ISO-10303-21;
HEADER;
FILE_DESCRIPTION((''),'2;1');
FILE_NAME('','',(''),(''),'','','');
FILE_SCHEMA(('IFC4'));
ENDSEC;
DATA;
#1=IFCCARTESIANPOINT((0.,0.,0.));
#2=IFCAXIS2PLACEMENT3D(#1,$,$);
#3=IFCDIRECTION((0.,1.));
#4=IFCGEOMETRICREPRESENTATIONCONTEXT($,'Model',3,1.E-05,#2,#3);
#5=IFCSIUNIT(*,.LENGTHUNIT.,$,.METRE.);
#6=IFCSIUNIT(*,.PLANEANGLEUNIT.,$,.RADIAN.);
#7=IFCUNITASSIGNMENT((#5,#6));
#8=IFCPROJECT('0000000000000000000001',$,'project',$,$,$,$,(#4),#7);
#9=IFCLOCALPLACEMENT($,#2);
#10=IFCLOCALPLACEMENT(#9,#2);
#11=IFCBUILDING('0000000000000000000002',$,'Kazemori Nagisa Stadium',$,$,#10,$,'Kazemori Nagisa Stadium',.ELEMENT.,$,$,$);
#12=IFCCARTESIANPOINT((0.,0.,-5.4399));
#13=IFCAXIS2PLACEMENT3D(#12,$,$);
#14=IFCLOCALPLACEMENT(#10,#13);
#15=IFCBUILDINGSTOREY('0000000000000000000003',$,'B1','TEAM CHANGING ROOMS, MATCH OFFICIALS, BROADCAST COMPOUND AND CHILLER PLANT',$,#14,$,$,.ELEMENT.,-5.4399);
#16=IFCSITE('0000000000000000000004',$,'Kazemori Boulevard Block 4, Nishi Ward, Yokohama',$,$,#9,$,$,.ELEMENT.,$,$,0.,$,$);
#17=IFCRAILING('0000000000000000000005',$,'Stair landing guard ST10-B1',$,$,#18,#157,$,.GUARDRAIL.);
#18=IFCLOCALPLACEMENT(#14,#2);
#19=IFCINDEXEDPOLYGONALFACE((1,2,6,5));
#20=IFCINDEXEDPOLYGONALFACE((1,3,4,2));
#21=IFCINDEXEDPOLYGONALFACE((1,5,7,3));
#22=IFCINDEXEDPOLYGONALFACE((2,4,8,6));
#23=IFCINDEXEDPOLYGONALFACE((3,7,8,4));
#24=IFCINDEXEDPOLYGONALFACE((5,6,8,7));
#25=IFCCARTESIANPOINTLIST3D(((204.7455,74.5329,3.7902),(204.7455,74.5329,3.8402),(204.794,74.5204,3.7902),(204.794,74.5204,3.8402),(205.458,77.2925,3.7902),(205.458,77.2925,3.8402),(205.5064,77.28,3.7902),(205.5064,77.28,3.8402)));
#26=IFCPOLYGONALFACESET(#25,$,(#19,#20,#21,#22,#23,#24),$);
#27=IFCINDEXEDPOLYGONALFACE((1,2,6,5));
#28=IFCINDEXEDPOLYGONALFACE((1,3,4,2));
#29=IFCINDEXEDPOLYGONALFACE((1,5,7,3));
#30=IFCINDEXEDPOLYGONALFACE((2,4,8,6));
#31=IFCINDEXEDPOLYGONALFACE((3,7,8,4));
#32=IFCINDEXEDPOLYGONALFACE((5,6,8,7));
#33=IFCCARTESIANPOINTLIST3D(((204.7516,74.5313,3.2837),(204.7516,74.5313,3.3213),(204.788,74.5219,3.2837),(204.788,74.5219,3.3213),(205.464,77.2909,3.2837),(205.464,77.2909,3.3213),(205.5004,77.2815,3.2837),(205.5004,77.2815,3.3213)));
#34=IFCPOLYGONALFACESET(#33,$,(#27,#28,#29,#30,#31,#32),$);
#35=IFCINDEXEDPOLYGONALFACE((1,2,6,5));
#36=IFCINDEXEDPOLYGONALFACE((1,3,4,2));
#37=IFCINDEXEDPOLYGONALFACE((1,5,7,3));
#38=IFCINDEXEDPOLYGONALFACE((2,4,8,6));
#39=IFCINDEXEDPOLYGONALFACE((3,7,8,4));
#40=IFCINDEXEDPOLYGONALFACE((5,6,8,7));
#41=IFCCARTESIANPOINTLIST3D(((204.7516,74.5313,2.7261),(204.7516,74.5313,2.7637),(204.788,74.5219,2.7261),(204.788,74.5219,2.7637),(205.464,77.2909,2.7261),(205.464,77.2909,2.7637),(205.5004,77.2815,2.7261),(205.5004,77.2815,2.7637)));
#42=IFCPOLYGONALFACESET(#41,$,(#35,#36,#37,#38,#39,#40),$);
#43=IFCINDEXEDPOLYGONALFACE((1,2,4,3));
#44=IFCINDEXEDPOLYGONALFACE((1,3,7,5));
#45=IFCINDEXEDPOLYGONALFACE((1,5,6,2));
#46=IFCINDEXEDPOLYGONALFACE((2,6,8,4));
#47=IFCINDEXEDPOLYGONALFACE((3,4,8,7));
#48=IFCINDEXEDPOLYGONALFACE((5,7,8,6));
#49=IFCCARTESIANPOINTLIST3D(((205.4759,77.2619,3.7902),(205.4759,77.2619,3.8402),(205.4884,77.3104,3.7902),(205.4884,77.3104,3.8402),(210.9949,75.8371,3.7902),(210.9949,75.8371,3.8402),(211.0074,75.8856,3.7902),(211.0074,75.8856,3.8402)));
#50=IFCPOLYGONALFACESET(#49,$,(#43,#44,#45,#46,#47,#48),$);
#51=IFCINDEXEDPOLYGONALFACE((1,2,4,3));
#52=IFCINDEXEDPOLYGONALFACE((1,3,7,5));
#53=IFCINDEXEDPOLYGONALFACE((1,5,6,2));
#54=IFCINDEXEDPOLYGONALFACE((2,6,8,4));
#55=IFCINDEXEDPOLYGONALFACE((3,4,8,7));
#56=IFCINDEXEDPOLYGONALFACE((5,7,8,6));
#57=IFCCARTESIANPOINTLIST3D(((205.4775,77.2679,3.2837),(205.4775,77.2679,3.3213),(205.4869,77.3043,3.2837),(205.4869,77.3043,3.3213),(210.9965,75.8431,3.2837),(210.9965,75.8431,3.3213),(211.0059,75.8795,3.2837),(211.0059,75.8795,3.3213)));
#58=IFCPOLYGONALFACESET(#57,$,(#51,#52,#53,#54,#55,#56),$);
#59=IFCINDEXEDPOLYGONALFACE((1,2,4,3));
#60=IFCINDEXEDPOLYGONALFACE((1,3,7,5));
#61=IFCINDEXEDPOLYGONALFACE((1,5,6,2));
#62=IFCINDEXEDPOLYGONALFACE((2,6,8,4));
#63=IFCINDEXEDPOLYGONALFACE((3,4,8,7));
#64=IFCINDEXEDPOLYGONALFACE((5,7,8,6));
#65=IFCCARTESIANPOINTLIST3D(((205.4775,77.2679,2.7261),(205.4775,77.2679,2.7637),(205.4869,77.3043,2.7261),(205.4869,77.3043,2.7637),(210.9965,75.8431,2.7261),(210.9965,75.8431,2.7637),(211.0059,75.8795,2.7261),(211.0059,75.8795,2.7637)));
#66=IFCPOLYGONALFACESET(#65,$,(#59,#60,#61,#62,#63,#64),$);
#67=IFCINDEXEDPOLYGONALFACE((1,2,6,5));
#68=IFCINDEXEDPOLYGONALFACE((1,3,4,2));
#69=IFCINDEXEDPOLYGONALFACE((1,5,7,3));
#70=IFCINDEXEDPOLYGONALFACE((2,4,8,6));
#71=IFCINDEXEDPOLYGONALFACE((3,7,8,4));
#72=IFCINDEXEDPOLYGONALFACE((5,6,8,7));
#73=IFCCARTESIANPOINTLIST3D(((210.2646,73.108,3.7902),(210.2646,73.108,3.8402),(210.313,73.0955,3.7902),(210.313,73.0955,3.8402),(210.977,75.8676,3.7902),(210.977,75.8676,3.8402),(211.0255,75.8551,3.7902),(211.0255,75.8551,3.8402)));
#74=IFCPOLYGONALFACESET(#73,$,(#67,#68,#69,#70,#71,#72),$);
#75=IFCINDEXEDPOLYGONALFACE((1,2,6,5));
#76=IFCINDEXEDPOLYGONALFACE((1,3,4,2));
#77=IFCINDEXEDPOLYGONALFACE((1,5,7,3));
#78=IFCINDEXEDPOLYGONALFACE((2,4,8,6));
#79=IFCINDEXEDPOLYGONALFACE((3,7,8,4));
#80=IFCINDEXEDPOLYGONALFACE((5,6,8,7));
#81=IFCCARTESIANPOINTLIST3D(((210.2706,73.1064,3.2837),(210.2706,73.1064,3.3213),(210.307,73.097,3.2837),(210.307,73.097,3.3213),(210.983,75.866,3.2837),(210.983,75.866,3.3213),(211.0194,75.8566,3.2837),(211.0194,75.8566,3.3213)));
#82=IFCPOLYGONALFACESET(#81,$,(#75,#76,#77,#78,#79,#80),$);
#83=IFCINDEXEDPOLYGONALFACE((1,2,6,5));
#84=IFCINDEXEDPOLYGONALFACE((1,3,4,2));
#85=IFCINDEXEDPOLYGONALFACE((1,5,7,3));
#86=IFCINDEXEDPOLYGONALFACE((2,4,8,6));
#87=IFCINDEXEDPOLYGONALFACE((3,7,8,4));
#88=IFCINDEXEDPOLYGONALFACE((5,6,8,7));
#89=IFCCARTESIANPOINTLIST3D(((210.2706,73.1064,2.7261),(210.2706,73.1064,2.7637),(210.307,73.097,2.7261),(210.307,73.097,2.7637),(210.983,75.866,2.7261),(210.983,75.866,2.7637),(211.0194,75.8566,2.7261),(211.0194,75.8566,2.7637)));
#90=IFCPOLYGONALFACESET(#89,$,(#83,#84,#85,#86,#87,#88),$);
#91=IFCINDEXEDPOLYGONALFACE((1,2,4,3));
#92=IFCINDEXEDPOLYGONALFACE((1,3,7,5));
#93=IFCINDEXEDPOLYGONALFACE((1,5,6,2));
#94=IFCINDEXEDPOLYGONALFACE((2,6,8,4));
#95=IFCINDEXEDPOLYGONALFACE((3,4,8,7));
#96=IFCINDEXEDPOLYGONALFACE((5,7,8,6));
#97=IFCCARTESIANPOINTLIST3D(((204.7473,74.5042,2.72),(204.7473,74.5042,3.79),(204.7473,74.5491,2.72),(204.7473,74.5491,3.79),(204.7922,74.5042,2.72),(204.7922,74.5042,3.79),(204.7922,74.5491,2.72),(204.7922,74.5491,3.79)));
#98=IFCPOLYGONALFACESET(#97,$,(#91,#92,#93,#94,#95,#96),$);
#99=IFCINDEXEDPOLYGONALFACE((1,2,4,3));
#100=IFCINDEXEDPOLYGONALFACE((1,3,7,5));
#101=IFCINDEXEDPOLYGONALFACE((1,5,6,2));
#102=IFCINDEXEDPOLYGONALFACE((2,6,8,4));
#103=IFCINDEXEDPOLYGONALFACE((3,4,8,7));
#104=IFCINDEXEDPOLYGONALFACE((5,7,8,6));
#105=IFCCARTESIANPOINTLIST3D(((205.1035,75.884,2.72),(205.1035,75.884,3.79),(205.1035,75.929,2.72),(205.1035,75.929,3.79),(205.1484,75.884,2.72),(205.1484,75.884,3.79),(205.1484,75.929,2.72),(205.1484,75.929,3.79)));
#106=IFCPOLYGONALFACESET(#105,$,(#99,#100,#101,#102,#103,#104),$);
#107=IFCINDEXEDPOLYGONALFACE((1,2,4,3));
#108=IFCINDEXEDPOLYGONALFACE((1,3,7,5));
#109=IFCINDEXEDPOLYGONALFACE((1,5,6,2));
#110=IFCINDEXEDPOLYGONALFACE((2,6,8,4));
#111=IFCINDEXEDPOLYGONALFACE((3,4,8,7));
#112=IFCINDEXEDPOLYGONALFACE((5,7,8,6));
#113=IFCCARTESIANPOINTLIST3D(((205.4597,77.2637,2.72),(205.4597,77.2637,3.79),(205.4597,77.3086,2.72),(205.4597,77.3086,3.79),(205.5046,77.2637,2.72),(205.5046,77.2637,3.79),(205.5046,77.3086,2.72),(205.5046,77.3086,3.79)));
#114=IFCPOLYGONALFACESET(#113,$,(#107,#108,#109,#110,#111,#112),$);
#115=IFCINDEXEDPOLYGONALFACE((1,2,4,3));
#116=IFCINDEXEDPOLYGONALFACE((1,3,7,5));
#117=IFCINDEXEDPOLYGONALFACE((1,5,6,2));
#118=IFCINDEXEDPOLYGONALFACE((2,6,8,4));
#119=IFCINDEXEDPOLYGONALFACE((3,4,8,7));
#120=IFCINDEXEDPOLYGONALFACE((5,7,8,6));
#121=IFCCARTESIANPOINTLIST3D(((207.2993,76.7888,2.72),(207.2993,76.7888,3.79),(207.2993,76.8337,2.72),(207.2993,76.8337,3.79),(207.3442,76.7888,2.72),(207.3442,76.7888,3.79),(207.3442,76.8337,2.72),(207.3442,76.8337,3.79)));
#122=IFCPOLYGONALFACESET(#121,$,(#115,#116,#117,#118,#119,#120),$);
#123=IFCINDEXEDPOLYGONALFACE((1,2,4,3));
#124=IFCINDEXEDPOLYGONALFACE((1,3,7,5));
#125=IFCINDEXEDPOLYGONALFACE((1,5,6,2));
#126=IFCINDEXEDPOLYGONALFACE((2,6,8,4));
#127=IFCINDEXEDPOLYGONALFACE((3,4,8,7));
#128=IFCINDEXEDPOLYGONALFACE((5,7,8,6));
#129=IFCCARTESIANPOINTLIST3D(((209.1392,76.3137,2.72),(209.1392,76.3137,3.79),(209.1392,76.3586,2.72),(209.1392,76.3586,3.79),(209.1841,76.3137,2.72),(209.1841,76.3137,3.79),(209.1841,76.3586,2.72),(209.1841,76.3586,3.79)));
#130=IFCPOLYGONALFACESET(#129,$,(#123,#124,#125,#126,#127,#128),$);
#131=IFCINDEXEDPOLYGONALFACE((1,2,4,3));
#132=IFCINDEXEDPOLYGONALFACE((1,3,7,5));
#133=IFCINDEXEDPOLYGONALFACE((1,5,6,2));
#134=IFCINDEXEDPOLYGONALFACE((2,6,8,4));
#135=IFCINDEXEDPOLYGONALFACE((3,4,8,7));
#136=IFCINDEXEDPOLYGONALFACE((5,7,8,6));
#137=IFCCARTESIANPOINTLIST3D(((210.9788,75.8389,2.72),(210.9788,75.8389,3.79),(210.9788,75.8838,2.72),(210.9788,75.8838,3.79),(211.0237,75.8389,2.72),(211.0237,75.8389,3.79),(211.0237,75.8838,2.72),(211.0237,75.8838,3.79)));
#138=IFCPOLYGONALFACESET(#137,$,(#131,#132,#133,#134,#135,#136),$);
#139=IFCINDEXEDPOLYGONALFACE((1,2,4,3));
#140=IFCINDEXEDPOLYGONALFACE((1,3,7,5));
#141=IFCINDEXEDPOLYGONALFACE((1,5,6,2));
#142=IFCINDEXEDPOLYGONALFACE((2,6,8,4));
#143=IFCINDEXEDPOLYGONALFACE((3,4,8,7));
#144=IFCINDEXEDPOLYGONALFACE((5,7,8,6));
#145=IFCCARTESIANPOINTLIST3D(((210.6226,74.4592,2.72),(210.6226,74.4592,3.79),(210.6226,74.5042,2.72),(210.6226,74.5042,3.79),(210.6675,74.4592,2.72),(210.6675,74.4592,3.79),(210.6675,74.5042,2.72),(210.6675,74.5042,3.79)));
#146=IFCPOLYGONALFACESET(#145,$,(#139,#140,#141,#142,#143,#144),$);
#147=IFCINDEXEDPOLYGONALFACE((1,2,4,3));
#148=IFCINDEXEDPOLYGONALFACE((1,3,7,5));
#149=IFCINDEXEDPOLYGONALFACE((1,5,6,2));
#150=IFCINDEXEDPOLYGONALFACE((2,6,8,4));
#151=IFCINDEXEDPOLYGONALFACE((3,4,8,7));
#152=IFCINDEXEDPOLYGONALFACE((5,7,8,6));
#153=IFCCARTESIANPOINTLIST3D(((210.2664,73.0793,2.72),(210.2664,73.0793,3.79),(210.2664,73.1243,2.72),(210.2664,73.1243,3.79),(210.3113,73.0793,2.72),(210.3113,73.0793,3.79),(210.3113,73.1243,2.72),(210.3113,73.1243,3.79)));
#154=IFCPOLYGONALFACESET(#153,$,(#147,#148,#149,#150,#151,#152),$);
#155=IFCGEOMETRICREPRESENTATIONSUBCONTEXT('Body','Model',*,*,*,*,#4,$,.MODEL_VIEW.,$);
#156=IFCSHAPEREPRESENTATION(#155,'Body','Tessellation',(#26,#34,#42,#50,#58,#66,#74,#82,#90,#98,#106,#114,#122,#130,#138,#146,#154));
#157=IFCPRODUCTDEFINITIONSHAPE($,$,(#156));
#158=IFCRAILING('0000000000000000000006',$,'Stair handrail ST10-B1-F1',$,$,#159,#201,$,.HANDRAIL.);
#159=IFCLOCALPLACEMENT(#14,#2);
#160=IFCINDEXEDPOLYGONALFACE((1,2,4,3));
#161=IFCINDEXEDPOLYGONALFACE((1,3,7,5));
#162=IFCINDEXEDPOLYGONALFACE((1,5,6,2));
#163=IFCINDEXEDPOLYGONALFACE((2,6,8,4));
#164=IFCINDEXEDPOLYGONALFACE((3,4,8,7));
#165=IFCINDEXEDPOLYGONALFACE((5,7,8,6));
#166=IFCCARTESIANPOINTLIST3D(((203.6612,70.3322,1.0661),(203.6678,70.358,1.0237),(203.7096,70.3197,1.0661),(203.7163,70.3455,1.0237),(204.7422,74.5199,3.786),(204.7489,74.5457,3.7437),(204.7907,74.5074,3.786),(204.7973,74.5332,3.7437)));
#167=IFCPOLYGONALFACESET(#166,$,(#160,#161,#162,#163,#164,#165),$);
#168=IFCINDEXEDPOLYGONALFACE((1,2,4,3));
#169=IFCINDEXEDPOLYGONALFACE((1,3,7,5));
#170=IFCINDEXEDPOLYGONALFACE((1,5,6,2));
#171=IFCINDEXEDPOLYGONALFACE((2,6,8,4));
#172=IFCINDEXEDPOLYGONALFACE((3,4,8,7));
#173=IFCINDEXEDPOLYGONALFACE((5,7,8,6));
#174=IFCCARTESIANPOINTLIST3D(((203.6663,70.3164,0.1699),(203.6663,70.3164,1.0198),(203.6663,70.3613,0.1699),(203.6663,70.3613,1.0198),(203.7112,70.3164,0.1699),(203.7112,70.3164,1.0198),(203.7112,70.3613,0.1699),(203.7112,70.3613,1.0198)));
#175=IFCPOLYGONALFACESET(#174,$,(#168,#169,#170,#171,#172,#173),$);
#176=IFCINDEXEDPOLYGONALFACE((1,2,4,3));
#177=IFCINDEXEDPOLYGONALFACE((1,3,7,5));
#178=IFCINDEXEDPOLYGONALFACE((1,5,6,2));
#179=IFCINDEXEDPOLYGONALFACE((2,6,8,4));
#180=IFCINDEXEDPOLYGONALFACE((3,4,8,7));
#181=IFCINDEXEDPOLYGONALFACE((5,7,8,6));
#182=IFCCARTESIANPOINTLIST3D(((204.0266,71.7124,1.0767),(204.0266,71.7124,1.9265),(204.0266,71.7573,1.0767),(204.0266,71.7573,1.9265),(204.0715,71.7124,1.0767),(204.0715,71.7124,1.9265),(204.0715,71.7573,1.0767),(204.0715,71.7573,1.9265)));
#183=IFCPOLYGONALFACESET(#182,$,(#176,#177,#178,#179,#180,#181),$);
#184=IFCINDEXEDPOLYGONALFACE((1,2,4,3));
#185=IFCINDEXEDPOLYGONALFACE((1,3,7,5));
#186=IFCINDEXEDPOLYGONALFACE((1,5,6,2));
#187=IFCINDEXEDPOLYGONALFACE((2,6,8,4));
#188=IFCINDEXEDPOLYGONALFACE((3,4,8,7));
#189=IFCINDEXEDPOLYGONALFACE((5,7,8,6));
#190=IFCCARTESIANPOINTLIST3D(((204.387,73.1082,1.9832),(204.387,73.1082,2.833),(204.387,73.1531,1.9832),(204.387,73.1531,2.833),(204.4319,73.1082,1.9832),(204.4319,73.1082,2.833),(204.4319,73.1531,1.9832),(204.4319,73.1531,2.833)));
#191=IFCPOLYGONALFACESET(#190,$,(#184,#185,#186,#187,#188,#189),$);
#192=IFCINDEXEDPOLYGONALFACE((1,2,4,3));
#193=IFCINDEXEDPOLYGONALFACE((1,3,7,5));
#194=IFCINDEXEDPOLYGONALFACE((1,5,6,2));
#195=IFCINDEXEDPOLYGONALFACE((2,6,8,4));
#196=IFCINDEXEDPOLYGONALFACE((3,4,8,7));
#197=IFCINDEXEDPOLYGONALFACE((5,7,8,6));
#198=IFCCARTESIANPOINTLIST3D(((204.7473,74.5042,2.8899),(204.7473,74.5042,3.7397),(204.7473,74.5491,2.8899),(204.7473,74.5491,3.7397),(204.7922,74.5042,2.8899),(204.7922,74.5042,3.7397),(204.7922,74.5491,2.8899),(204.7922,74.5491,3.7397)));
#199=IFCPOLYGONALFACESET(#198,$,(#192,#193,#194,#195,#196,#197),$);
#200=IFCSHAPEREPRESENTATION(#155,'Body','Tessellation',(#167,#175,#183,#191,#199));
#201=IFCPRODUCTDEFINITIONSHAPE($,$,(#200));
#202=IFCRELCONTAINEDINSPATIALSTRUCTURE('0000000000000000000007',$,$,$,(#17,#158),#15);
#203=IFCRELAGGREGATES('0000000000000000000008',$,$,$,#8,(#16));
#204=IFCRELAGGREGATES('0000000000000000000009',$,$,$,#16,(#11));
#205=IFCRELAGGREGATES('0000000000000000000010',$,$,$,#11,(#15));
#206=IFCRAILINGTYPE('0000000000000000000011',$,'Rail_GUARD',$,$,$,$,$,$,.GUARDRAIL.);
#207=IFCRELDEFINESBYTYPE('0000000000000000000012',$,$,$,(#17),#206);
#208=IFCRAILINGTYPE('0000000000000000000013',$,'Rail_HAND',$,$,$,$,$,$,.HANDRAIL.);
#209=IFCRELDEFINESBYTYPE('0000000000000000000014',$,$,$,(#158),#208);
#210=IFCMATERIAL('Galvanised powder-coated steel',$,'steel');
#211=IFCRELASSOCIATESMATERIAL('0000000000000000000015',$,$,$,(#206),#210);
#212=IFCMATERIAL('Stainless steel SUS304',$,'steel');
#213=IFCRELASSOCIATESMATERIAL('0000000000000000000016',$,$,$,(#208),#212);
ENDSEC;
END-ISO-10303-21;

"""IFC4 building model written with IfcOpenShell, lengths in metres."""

from ifc_helpers import new_model, si_unit, direction, frame, origin, origin_2d, place, context, subcontext, project, spatial, rectangle, extrude, material, type_object, element, save


model = new_model("IFC4")

# Units and contexts
model_context = context("Model", 3, precision=1e-05, world=origin(), true_north=direction((0.0, 1.0)))
body_context = subcontext(model_context, "Body", "Model", "MODEL_VIEW")
ifc_project = project(units=[si_unit("LENGTHUNIT", "METRE"), si_unit("PLANEANGLEUNIT", "RADIAN")], contexts=[model_context])

# Site, building, storey
site_placement = place(None, origin())
site = spatial("IfcSite", under=ifc_project, at=site_placement, Name="Kazemori Boulevard Block 4, Nishi Ward, Yokohama", CompositionType="ELEMENT", RefElevation=0.0)
building_placement = place(site_placement, origin())
building = spatial("IfcBuilding", under=site, at=building_placement, Name="Kazemori Nagisa Stadium", LongName="Kazemori Nagisa Stadium", CompositionType="ELEMENT")
storey_placement = place(building_placement, frame((0.0, 0.0, -5.4399)))
storey = spatial("IfcBuildingStorey", under=building, at=storey_placement, Name="B1", Description="TEAM CHANGING ROOMS, MATCH OFFICIALS, BROADCAST COMPOUND AND CHILLER PLANT", CompositionType="ELEMENT", Elevation=-5.4399)

# Shared definitions
ifc_material_1 = material(Name="Stainless steel SUS304", Category="steel")

# Railings
ifc_material_2 = material(Name="Galvanised powder-coated steel", Category="steel")
railing_type_1 = type_object("IfcRailingType", Name="Rail_GUARD", PredefinedType="GUARDRAIL", material=ifc_material_2)
railing_1_placement = place(storey_placement, frame((204.7698, 74.5266, 2.72)))
element("IfcRailing", 1, at=railing_1_placement, inside=storey, type_object=railing_type_1, Name="Stair landing guard ST10-B1", PredefinedType="GUARDRAIL", context=body_context, shape_type="SweptSolid", body=[
    extrude(rectangle(XDim=0.05, YDim=0.05, at=origin_2d()), frame((0.0, 0.0, 1.0952), z_axis=(0.249966, 0.968255, 0.0), x_axis=(-0.968255, 0.249966, 0.0)), (0.0, 0.0, 1.0), 2.8501),
    extrude(rectangle(XDim=0.0376, YDim=0.0376, at=origin_2d()), frame((0.0, 0.0, 0.5825), z_axis=(0.249966, 0.968255, 0.0), x_axis=(-0.968255, 0.249966, 0.0)), (0.0, 0.0, 1.0), 2.8501),
    extrude(rectangle(XDim=0.0376, YDim=0.0376, at=origin_2d()), frame((0.0, 0.0, 0.0249), z_axis=(0.249966, 0.968255, 0.0), x_axis=(-0.968255, 0.249966, 0.0)), (0.0, 0.0, 1.0), 2.8501),
    extrude(rectangle(XDim=0.05, YDim=0.05, at=origin_2d()), frame((0.7124, 2.7595, 1.0952), z_axis=(0.968255, -0.249966, 0.0), x_axis=(0.249966, 0.968255, 0.0)), (0.0, 0.0, 1.0), 5.7),
    extrude(rectangle(XDim=0.0376, YDim=0.0376, at=origin_2d()), frame((0.7124, 2.7595, 0.5825), z_axis=(0.968255, -0.249966, 0.0), x_axis=(0.249966, 0.968255, 0.0)), (0.0, 0.0, 1.0), 5.7),
    extrude(rectangle(XDim=0.0376, YDim=0.0376, at=origin_2d()), frame((0.7124, 2.7595, 0.0249), z_axis=(0.968255, -0.249966, 0.0), x_axis=(0.249966, 0.968255, 0.0)), (0.0, 0.0, 1.0), 5.7),
    extrude(rectangle(XDim=0.05, YDim=0.05, at=origin_2d()), frame((6.2314, 1.3347, 1.0952), z_axis=(-0.249966, -0.968255, 0.0), x_axis=(0.968255, -0.249966, 0.0)), (0.0, 0.0, 1.0), 2.8501),
    extrude(rectangle(XDim=0.0376, YDim=0.0376, at=origin_2d()), frame((6.2314, 1.3347, 0.5825), z_axis=(-0.249966, -0.968255, 0.0), x_axis=(0.968255, -0.249966, 0.0)), (0.0, 0.0, 1.0), 2.8501),
    extrude(rectangle(XDim=0.0376, YDim=0.0376, at=origin_2d()), frame((6.2314, 1.3347, 0.0249), z_axis=(-0.249966, -0.968255, 0.0), x_axis=(0.968255, -0.249966, 0.0)), (0.0, 0.0, 1.0), 2.8501),
    extrude(rectangle(XDim=0.0449, YDim=0.0449, at=origin_2d()), origin(), (0.0, 0.0, 1.0), 1.0701),
    extrude(rectangle(XDim=0.0449, YDim=0.0449, at=origin_2d()), frame((0.3562, 1.3799, 0.0)), (0.0, 0.0, 1.0), 1.0701),
    extrude(rectangle(XDim=0.0449, YDim=0.0449, at=origin_2d()), frame((0.7124, 2.7595, 0.0)), (0.0, 0.0, 1.0), 1.0701),
    extrude(rectangle(XDim=0.0449, YDim=0.0449, at=origin_2d()), frame((2.552, 2.2847, 0.0)), (0.0, 0.0, 1.0), 1.0701),
    extrude(rectangle(XDim=0.0449, YDim=0.0449, at=origin_2d()), frame((4.3918, 1.8096, 0.0)), (0.0, 0.0, 1.0), 1.0701),
    extrude(rectangle(XDim=0.0449, YDim=0.0449, at=origin_2d()), frame((6.2314, 1.3347, 0.0)), (0.0, 0.0, 1.0), 1.0701),
    extrude(rectangle(XDim=0.0449, YDim=0.0449, at=origin_2d()), frame((5.8752, -0.0449, 0.0)), (0.0, 0.0, 1.0), 1.0701),
    extrude(rectangle(XDim=0.0449, YDim=0.0449, at=origin_2d()), frame((5.519, -1.4248, 0.0)), (0.0, 0.0, 1.0), 1.0701),
])
railing_type_2 = type_object("IfcRailingType", Name="Rail_HAND", PredefinedType="HANDRAIL", material=ifc_material_1)
railing_2_placement = place(storey_placement, frame((203.6887, 70.3389, 0.1699)))
element("IfcRailing", 2, at=railing_2_placement, inside=storey, type_object=railing_type_2, Name="Stair handrail ST10-B1-F1", PredefinedType="HANDRAIL", context=body_context, shape_type="SweptSolid", body=[
    extrude(rectangle(XDim=0.05, YDim=0.05, at=origin_2d()), frame((0.0, 0.0, 0.875), z_axis=(0.211589, 0.819645, 0.532365), x_axis=(-0.968258, 0.249953, 0.0)), (0.0, 0.0, 1.0), 5.1091),
    extrude(rectangle(XDim=0.0449, YDim=0.0449, at=origin_2d()), origin(), (0.0, 0.0, 1.0), 0.8499),
    extrude(rectangle(XDim=0.0449, YDim=0.0449, at=origin_2d()), frame((0.3604, 1.396, 0.9067)), (0.0, 0.0, 1.0), 0.8499),
    extrude(rectangle(XDim=0.0449, YDim=0.0449, at=origin_2d()), frame((0.7207, 2.7917, 1.8132)), (0.0, 0.0, 1.0), 0.8499),
    extrude(rectangle(XDim=0.0449, YDim=0.0449, at=origin_2d()), frame((1.0811, 4.1877, 2.72)), (0.0, 0.0, 1.0), 0.8499),
])

save(model, "model.ifc")
